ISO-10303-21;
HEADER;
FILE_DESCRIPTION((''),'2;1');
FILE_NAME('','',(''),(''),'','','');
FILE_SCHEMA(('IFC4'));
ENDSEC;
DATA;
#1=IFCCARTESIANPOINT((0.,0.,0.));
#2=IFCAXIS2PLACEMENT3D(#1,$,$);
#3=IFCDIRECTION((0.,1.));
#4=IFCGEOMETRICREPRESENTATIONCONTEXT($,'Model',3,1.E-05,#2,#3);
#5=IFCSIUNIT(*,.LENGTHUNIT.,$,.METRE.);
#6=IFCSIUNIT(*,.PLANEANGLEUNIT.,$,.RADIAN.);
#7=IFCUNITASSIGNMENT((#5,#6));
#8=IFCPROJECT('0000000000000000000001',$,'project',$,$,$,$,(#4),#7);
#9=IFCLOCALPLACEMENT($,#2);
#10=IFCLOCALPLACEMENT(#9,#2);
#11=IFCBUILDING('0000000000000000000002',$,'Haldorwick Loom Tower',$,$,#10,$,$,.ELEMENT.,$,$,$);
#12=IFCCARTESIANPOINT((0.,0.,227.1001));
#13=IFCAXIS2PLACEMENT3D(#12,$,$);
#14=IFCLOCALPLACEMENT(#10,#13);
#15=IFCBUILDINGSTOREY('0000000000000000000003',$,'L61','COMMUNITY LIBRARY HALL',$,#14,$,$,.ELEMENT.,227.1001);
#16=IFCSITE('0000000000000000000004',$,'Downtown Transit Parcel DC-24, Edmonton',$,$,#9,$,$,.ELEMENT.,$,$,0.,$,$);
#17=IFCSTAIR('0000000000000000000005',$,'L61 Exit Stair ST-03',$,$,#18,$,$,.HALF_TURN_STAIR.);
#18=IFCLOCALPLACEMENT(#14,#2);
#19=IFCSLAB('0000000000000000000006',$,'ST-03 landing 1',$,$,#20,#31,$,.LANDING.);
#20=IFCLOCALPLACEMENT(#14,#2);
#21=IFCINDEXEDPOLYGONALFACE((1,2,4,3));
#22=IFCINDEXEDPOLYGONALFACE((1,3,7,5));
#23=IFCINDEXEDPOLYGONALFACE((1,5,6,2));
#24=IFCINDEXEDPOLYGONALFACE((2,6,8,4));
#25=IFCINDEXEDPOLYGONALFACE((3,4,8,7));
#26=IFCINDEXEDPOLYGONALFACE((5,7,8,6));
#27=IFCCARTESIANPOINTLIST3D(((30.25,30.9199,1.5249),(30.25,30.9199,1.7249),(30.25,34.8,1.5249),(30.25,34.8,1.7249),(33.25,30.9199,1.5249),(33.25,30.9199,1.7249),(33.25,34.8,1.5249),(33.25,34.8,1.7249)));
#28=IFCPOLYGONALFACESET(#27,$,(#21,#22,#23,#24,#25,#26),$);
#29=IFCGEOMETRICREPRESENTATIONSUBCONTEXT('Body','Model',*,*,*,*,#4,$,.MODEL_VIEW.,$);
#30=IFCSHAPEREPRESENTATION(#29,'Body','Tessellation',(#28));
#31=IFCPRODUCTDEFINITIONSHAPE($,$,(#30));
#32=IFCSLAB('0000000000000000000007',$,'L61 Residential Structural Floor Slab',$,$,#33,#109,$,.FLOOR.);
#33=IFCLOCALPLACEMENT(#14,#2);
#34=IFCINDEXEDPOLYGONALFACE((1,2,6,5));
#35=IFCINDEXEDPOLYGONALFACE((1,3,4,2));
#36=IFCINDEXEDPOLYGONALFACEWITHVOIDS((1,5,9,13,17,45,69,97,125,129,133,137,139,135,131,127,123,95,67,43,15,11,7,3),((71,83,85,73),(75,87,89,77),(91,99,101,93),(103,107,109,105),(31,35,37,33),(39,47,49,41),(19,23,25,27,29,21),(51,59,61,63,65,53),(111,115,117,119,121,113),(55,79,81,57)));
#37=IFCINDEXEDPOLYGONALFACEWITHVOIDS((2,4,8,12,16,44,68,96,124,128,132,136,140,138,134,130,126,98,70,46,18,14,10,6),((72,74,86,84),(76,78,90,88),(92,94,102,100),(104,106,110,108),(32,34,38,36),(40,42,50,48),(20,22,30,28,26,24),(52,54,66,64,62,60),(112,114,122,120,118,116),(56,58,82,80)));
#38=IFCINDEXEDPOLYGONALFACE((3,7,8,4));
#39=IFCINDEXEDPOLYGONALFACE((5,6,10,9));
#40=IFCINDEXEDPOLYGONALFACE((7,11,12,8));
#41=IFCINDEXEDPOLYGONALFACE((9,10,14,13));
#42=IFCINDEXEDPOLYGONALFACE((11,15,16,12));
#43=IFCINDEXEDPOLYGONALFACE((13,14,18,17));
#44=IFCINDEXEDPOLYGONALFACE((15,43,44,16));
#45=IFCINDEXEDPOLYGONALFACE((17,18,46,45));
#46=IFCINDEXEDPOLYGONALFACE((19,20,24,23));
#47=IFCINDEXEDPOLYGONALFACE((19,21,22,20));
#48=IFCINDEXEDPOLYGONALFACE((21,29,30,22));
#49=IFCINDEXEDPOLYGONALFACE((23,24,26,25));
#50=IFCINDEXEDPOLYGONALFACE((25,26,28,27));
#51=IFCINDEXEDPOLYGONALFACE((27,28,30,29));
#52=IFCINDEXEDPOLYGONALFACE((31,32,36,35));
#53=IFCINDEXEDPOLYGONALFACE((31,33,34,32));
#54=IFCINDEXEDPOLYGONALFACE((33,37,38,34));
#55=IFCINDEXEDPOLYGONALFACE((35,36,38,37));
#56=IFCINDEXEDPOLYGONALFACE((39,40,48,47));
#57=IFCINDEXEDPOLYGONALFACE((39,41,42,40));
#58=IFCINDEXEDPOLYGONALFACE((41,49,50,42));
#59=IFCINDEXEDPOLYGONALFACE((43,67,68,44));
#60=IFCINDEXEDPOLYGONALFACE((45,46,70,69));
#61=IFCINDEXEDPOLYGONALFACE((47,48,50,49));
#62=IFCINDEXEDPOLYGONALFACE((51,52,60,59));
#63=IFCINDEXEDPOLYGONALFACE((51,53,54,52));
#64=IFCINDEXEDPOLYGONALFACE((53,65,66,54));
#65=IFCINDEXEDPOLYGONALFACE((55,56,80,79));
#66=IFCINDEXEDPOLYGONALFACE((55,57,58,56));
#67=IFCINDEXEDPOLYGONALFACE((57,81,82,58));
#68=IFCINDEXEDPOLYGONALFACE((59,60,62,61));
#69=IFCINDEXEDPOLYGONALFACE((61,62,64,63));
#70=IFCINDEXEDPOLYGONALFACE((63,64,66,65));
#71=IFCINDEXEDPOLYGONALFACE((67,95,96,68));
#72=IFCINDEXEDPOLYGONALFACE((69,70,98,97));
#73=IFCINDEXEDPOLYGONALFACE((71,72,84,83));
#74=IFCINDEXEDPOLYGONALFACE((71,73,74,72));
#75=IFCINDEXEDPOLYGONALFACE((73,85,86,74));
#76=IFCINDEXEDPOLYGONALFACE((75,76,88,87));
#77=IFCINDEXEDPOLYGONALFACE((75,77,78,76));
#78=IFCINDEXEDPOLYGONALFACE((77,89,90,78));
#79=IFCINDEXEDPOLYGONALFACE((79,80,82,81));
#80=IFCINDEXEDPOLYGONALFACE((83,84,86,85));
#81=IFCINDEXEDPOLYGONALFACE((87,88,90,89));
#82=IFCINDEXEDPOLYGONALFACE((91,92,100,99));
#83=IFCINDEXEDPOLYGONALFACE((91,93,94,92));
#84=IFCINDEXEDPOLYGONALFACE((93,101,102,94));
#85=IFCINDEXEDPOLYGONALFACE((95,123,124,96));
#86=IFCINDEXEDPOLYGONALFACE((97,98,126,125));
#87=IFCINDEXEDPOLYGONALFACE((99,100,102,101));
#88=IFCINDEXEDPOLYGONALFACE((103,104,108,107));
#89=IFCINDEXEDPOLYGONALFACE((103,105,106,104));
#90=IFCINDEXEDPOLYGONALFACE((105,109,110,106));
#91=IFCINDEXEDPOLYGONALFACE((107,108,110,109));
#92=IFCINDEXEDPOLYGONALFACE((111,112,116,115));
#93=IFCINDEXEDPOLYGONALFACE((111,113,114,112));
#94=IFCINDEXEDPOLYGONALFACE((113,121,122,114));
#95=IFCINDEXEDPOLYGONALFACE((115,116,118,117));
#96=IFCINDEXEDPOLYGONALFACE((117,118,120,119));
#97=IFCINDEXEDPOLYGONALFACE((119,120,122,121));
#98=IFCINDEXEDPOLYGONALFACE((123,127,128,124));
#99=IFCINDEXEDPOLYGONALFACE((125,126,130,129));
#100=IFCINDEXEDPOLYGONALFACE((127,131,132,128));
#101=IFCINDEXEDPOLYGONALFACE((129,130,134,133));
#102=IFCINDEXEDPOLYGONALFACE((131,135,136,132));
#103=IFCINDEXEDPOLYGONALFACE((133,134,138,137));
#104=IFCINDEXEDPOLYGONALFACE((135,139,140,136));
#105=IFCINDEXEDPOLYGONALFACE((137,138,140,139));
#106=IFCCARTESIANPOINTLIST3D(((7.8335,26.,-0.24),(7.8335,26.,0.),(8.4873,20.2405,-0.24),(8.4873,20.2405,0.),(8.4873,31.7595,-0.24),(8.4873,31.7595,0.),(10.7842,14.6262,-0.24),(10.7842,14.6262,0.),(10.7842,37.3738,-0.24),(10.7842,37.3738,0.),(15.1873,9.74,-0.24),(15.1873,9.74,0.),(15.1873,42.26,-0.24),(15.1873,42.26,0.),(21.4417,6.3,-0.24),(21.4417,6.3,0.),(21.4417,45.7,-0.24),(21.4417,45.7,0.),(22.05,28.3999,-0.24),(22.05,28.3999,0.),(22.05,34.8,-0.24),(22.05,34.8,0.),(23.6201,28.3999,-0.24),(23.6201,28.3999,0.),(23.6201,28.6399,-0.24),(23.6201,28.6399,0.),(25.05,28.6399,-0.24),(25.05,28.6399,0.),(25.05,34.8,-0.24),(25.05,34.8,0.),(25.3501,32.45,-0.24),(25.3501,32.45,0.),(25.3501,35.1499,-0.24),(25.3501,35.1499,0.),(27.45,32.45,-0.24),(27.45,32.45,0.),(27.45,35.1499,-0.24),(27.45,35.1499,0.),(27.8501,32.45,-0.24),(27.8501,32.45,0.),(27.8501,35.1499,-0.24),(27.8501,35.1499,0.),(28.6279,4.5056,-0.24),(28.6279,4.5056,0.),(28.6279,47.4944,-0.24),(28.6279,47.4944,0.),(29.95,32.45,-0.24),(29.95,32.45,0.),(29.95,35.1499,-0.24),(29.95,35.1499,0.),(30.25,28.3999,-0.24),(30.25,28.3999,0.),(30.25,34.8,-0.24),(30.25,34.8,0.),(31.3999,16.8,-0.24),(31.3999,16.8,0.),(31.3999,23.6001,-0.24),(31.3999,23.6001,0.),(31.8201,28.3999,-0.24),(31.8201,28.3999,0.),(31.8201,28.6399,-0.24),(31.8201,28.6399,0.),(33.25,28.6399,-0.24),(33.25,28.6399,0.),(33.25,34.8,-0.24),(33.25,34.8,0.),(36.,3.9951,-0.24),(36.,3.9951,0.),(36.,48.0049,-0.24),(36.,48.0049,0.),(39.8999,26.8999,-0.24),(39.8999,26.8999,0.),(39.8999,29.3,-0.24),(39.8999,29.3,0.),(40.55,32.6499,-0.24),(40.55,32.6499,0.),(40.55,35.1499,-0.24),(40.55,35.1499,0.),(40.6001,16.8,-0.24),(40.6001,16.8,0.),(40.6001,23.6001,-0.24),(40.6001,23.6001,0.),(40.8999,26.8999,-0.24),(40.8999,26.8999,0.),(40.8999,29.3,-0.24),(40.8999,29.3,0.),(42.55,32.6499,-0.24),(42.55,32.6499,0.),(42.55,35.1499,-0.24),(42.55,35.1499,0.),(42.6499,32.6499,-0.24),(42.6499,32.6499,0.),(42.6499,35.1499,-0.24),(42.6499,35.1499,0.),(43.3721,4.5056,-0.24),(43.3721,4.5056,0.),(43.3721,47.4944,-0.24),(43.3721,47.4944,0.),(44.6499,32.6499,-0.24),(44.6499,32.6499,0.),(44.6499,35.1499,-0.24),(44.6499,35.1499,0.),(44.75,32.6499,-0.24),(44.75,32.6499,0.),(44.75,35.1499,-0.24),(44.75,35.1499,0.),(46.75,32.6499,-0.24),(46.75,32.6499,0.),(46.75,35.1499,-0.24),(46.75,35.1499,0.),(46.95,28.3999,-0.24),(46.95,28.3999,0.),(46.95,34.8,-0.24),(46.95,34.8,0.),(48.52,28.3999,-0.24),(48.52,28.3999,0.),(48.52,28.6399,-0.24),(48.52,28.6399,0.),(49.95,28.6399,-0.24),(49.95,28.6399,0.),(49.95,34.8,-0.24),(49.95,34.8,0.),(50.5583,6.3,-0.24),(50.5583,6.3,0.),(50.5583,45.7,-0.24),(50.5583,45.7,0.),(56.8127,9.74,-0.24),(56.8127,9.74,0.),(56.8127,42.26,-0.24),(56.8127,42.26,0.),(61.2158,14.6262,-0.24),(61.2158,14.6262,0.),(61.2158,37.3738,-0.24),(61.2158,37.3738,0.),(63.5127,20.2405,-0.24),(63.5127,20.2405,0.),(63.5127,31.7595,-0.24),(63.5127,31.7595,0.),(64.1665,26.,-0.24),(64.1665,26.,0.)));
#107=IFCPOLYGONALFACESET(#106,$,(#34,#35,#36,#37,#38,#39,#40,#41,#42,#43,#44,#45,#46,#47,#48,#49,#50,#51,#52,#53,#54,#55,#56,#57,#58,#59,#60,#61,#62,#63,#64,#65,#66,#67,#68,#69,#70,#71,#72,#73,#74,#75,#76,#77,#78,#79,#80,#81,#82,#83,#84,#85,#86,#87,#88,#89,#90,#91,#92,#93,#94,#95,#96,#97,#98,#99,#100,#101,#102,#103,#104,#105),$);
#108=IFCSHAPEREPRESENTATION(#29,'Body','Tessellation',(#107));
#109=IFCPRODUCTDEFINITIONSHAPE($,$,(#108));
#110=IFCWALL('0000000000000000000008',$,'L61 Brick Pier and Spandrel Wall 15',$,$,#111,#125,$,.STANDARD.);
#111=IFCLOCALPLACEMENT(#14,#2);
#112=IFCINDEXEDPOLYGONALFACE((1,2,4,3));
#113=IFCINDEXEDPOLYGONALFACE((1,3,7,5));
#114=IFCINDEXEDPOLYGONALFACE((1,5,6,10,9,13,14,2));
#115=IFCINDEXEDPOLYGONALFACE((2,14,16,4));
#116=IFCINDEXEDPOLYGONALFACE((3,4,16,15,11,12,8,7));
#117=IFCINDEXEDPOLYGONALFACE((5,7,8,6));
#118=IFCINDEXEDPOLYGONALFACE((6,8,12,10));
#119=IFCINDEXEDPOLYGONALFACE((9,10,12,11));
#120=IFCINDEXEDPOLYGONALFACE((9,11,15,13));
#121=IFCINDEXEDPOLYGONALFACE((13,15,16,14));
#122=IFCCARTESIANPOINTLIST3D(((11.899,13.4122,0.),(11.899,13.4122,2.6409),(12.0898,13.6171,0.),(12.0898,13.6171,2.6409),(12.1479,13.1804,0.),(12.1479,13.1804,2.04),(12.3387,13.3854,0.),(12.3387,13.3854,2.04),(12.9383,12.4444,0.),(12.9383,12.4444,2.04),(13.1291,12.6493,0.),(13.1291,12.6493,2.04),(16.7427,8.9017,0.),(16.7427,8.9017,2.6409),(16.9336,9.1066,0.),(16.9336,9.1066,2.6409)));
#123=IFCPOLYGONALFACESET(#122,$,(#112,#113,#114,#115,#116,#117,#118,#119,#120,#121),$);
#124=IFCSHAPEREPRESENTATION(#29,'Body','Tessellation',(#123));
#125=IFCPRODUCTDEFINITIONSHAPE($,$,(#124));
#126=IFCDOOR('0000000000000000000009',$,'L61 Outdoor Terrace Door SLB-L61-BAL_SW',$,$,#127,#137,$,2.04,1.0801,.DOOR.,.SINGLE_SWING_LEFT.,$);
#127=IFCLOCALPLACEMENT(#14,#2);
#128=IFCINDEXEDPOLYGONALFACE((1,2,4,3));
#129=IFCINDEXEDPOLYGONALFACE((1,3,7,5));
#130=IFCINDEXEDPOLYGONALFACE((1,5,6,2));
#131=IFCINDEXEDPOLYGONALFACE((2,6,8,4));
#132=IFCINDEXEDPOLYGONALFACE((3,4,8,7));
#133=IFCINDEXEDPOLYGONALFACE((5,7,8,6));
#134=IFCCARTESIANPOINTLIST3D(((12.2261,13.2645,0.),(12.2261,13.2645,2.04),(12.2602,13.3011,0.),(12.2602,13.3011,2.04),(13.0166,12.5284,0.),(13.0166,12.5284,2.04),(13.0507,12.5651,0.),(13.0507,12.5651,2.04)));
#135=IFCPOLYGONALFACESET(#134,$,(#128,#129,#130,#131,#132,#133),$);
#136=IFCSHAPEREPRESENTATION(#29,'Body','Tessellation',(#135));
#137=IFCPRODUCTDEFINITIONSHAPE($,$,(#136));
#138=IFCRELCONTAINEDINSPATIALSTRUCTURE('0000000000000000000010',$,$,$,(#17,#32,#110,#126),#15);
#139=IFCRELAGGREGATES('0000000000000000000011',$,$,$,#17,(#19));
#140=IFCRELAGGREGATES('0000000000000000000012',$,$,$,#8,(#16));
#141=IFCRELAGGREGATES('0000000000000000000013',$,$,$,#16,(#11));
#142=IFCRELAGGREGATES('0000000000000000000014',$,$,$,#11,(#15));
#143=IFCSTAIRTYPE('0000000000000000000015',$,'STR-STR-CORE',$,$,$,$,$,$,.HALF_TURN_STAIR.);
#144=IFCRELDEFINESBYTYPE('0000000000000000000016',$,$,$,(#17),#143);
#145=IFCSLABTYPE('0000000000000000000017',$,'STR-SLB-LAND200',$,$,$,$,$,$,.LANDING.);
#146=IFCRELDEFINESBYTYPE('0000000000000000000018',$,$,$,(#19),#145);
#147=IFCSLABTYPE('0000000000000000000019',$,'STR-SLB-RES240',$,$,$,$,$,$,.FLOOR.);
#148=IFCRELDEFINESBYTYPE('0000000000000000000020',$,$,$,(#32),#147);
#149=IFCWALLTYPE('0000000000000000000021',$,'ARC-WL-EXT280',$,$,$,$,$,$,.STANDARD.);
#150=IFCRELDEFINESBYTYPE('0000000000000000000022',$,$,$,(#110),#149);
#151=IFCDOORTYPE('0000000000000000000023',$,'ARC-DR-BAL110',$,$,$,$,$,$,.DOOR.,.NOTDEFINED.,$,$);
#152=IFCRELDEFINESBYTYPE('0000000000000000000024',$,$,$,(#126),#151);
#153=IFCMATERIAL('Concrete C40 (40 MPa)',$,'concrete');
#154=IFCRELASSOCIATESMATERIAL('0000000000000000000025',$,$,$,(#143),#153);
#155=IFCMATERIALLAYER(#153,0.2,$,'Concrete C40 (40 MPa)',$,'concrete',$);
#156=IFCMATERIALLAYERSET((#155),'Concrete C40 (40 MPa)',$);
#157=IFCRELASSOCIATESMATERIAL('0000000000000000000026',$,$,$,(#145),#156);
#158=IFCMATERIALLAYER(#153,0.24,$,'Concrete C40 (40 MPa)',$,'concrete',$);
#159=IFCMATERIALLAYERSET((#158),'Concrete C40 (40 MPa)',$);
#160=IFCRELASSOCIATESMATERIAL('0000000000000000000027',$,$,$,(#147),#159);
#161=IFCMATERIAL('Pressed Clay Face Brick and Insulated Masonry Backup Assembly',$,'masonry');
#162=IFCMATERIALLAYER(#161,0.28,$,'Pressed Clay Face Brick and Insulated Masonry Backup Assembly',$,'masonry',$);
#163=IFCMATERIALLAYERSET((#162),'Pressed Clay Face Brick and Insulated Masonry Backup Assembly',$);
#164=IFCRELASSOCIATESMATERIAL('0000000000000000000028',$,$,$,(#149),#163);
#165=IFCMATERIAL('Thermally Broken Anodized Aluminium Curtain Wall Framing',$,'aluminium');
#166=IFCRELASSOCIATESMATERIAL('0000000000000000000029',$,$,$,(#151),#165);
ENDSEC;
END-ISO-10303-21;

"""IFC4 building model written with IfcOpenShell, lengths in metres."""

from ifc_helpers import new_model, si_unit, direction, frame, frame_2d, origin, place, context, subcontext, project, spatial, polyline, rectangle, outline, extrude, material, layer, layer_set, type_object, element, fill, aggregate, save


model = new_model("IFC4")

# Units and contexts
model_context = context("Model", 3, precision=1e-05, world=origin(), true_north=direction((0.0, 1.0)))
body_context = subcontext(model_context, "Body", "Model", "MODEL_VIEW")
ifc_project = project(units=[si_unit("LENGTHUNIT", "METRE"), si_unit("PLANEANGLEUNIT", "RADIAN")], contexts=[model_context])

# Site, building, storey
site_placement = place(None, origin())
site = spatial("IfcSite", under=ifc_project, at=site_placement, Name="Downtown Transit Parcel DC-24, Edmonton", CompositionType="ELEMENT", RefElevation=0.0)
building_placement = place(site_placement, origin())
building = spatial("IfcBuilding", under=site, at=building_placement, Name="Haldorwick Loom Tower", CompositionType="ELEMENT")
storey_placement = place(building_placement, frame((0.0, 0.0, 227.1001)))
storey = spatial("IfcBuildingStorey", under=building, at=storey_placement, Name="L61", Description="COMMUNITY LIBRARY HALL", CompositionType="ELEMENT", Elevation=227.1001)

# Shared definitions
ifc_material_1 = material(Name="Concrete C40 (40 MPa)", Category="concrete")

# Stair, slab
stair_type = type_object("IfcStairType", Name="STR-STR-CORE", PredefinedType="HALF_TURN_STAIR", material=ifc_material_1)
ifc_layer_1 = layer(ifc_material_1, 0.2, Name="Concrete C40 (40 MPa)", Category="concrete")
ifc_layer_set_1 = layer_set([ifc_layer_1], Name="Concrete C40 (40 MPa)")
slab_type_1 = type_object("IfcSlabType", Name="STR-SLB-LAND200", PredefinedType="LANDING", material=ifc_layer_set_1)
stair_1_placement = place(storey_placement, origin())
stair_1 = element("IfcStair", 1, at=stair_1_placement, inside=storey, type_object=stair_type, Name="L61 Exit Stair ST-03", PredefinedType="HALF_TURN_STAIR")
slab_1_placement = place(storey_placement, frame((0.0, 0.0, 1.5249)))
slab_1 = element("IfcSlab", 2, at=slab_1_placement, type_object=slab_type_1, Name="ST-03 landing 1", PredefinedType="LANDING", context=body_context, shape_type="SweptSolid", body=[
    extrude(outline(polyline([(33.25, 30.9199), (33.25, 34.8), (30.25, 34.8), (30.25, 30.9199), (33.25, 30.9199)])), origin(), (0.0, 0.0, 1.0), 0.2),
])
aggregate(stair_1, [slab_1])

# Slab
ifc_layer_2 = layer(ifc_material_1, 0.24, Name="Concrete C40 (40 MPa)", Category="concrete")
ifc_layer_set_2 = layer_set([ifc_layer_2], Name="Concrete C40 (40 MPa)")
slab_type_2 = type_object("IfcSlabType", Name="STR-SLB-RES240", PredefinedType="FLOOR", material=ifc_layer_set_2)
slab_2_placement = place(storey_placement, frame((0.0, 0.0, -0.24)))
element("IfcSlab", 3, at=slab_2_placement, inside=storey, type_object=slab_type_2, Name="L61 Residential Structural Floor Slab", PredefinedType="FLOOR", context=body_context, shape_type="SweptSolid", body=[
    extrude(outline(polyline([(56.8127, 9.74), (61.2158, 14.6262), (63.5127, 20.2405), (64.1665, 26.0), (63.5127, 31.7595), (61.2158, 37.3738), (56.8127, 42.26), (50.5583, 45.7), (43.3721, 47.4944), (36.0, 48.0049), (28.6279, 47.4944), (21.4417, 45.7), (15.1873, 42.26), (10.7842, 37.3738), (8.4873, 31.7595), (7.8335, 26.0), (8.4873, 20.2405), (10.7842, 14.6262), (15.1873, 9.74), (21.4417, 6.3), (28.6279, 4.5056), (36.0, 3.9951), (43.3721, 4.5056), (50.5583, 6.3), (56.8127, 9.74)]), holes=[polyline([(31.3999, 16.8), (31.3999, 23.6001), (40.6001, 23.6001), (40.6001, 16.8), (31.3999, 16.8)]), polyline([(40.8999, 26.8999), (39.8999, 26.8999), (39.8999, 29.3), (40.8999, 29.3), (40.8999, 26.8999)]), polyline([(23.6201, 28.3999), (22.05, 28.3999), (22.05, 34.8), (25.05, 34.8), (25.05, 28.6399), (23.6201, 28.6399), (23.6201, 28.3999)]), polyline([(30.25, 28.3999), (30.25, 34.8), (33.25, 34.8), (33.25, 28.6399), (31.8201, 28.6399), (31.8201, 28.3999), (30.25, 28.3999)]), polyline([(46.95, 28.3999), (46.95, 34.8), (49.95, 34.8), (49.95, 28.6399), (48.52, 28.6399), (48.52, 28.3999), (46.95, 28.3999)]), polyline([(27.45, 32.45), (25.3501, 32.45), (25.3501, 35.1499), (27.45, 35.1499), (27.45, 32.45)]), polyline([(29.95, 32.45), (27.8501, 32.45), (27.8501, 35.1499), (29.95, 35.1499), (29.95, 32.45)]), polyline([(42.55, 32.6499), (40.55, 32.6499), (40.55, 35.1499), (42.55, 35.1499), (42.55, 32.6499)]), polyline([(42.6499, 32.6499), (42.6499, 35.1499), (44.6499, 35.1499), (44.6499, 32.6499), (42.6499, 32.6499)]), polyline([(44.75, 32.6499), (44.75, 35.1499), (46.75, 35.1499), (46.75, 32.6499), (44.75, 32.6499)])]), origin(), (0.0, 0.0, 1.0), 0.24),
])

# Wall, opening, door
ifc_material_2 = material(Name="Pressed Clay Face Brick and Insulated Masonry Backup Assembly", Category="masonry")
ifc_layer_3 = layer(ifc_material_2, 0.28, Name="Pressed Clay Face Brick and Insulated Masonry Backup Assembly", Category="masonry")
ifc_layer_set_3 = layer_set([ifc_layer_3], Name="Pressed Clay Face Brick and Insulated Masonry Backup Assembly")
wall_type = type_object("IfcWallType", Name="ARC-WL-EXT280", PredefinedType="STANDARD", material=ifc_layer_set_3)
wall_1_placement = place(storey_placement, frame((11.9944, 13.5146, 0.0), z_axis=(0.0, 0.0, 1.0), x_axis=(0.731834, -0.681483, 0.0)))
wall_1 = element("IfcWall", 4, at=wall_1_placement, inside=storey, type_object=wall_type, Name="L61 Brick Pier and Spandrel Wall 15", PredefinedType="STANDARD", context=body_context, shape_type="SweptSolid", body=[
    extrude(rectangle(XDim=6.6187, YDim=0.28, at=frame_2d((3.3093, 0.0))), origin(), (0.0, 0.0, 1.0), 2.6409),
])
opening_1_placement = place(wall_1_placement, frame((0.3401, 0.0, 0.0)))
opening_1 = element("IfcOpeningElement", 5, at=opening_1_placement, cuts=wall_1, PredefinedType="OPENING", context=body_context, shape_type="SweptSolid", body=[
    extrude(rectangle(XDim=1.0801, YDim=2.04, at=frame_2d((0.54, 1.02))), frame((0.0, 0.1499, 0.0), z_axis=(0.0, -1.0, 0.0), x_axis=(1.0, 0.0, 0.0)), (0.0, 0.0, 1.0), 0.3),
])
ifc_material_3 = material(Name="Thermally Broken Anodized Aluminium Curtain Wall Framing", Category="aluminium")
door_type = type_object("IfcDoorType", Name="ARC-DR-BAL110", OperationType="NOTDEFINED", PredefinedType="DOOR", material=ifc_material_3)
door_placement = place(opening_1_placement, origin())
door = element("IfcDoor", 6, at=door_placement, inside=storey, type_object=door_type, Name="L61 Outdoor Terrace Door SLB-L61-BAL_SW", OperationType="SINGLE_SWING_LEFT", OverallHeight=2.04, OverallWidth=1.0801, PredefinedType="DOOR", context=body_context, shape_type="SweptSolid", body=[
    extrude(rectangle(XDim=1.0801, YDim=2.04, at=frame_2d((0.54, 1.02))), frame((0.0, 0.0249, 0.0), z_axis=(0.0, -1.0, 0.0), x_axis=(1.0, 0.0, 0.0)), (0.0, 0.0, 1.0), 0.05),
])
fill(opening_1, door)

save(model, "model.ifc")
